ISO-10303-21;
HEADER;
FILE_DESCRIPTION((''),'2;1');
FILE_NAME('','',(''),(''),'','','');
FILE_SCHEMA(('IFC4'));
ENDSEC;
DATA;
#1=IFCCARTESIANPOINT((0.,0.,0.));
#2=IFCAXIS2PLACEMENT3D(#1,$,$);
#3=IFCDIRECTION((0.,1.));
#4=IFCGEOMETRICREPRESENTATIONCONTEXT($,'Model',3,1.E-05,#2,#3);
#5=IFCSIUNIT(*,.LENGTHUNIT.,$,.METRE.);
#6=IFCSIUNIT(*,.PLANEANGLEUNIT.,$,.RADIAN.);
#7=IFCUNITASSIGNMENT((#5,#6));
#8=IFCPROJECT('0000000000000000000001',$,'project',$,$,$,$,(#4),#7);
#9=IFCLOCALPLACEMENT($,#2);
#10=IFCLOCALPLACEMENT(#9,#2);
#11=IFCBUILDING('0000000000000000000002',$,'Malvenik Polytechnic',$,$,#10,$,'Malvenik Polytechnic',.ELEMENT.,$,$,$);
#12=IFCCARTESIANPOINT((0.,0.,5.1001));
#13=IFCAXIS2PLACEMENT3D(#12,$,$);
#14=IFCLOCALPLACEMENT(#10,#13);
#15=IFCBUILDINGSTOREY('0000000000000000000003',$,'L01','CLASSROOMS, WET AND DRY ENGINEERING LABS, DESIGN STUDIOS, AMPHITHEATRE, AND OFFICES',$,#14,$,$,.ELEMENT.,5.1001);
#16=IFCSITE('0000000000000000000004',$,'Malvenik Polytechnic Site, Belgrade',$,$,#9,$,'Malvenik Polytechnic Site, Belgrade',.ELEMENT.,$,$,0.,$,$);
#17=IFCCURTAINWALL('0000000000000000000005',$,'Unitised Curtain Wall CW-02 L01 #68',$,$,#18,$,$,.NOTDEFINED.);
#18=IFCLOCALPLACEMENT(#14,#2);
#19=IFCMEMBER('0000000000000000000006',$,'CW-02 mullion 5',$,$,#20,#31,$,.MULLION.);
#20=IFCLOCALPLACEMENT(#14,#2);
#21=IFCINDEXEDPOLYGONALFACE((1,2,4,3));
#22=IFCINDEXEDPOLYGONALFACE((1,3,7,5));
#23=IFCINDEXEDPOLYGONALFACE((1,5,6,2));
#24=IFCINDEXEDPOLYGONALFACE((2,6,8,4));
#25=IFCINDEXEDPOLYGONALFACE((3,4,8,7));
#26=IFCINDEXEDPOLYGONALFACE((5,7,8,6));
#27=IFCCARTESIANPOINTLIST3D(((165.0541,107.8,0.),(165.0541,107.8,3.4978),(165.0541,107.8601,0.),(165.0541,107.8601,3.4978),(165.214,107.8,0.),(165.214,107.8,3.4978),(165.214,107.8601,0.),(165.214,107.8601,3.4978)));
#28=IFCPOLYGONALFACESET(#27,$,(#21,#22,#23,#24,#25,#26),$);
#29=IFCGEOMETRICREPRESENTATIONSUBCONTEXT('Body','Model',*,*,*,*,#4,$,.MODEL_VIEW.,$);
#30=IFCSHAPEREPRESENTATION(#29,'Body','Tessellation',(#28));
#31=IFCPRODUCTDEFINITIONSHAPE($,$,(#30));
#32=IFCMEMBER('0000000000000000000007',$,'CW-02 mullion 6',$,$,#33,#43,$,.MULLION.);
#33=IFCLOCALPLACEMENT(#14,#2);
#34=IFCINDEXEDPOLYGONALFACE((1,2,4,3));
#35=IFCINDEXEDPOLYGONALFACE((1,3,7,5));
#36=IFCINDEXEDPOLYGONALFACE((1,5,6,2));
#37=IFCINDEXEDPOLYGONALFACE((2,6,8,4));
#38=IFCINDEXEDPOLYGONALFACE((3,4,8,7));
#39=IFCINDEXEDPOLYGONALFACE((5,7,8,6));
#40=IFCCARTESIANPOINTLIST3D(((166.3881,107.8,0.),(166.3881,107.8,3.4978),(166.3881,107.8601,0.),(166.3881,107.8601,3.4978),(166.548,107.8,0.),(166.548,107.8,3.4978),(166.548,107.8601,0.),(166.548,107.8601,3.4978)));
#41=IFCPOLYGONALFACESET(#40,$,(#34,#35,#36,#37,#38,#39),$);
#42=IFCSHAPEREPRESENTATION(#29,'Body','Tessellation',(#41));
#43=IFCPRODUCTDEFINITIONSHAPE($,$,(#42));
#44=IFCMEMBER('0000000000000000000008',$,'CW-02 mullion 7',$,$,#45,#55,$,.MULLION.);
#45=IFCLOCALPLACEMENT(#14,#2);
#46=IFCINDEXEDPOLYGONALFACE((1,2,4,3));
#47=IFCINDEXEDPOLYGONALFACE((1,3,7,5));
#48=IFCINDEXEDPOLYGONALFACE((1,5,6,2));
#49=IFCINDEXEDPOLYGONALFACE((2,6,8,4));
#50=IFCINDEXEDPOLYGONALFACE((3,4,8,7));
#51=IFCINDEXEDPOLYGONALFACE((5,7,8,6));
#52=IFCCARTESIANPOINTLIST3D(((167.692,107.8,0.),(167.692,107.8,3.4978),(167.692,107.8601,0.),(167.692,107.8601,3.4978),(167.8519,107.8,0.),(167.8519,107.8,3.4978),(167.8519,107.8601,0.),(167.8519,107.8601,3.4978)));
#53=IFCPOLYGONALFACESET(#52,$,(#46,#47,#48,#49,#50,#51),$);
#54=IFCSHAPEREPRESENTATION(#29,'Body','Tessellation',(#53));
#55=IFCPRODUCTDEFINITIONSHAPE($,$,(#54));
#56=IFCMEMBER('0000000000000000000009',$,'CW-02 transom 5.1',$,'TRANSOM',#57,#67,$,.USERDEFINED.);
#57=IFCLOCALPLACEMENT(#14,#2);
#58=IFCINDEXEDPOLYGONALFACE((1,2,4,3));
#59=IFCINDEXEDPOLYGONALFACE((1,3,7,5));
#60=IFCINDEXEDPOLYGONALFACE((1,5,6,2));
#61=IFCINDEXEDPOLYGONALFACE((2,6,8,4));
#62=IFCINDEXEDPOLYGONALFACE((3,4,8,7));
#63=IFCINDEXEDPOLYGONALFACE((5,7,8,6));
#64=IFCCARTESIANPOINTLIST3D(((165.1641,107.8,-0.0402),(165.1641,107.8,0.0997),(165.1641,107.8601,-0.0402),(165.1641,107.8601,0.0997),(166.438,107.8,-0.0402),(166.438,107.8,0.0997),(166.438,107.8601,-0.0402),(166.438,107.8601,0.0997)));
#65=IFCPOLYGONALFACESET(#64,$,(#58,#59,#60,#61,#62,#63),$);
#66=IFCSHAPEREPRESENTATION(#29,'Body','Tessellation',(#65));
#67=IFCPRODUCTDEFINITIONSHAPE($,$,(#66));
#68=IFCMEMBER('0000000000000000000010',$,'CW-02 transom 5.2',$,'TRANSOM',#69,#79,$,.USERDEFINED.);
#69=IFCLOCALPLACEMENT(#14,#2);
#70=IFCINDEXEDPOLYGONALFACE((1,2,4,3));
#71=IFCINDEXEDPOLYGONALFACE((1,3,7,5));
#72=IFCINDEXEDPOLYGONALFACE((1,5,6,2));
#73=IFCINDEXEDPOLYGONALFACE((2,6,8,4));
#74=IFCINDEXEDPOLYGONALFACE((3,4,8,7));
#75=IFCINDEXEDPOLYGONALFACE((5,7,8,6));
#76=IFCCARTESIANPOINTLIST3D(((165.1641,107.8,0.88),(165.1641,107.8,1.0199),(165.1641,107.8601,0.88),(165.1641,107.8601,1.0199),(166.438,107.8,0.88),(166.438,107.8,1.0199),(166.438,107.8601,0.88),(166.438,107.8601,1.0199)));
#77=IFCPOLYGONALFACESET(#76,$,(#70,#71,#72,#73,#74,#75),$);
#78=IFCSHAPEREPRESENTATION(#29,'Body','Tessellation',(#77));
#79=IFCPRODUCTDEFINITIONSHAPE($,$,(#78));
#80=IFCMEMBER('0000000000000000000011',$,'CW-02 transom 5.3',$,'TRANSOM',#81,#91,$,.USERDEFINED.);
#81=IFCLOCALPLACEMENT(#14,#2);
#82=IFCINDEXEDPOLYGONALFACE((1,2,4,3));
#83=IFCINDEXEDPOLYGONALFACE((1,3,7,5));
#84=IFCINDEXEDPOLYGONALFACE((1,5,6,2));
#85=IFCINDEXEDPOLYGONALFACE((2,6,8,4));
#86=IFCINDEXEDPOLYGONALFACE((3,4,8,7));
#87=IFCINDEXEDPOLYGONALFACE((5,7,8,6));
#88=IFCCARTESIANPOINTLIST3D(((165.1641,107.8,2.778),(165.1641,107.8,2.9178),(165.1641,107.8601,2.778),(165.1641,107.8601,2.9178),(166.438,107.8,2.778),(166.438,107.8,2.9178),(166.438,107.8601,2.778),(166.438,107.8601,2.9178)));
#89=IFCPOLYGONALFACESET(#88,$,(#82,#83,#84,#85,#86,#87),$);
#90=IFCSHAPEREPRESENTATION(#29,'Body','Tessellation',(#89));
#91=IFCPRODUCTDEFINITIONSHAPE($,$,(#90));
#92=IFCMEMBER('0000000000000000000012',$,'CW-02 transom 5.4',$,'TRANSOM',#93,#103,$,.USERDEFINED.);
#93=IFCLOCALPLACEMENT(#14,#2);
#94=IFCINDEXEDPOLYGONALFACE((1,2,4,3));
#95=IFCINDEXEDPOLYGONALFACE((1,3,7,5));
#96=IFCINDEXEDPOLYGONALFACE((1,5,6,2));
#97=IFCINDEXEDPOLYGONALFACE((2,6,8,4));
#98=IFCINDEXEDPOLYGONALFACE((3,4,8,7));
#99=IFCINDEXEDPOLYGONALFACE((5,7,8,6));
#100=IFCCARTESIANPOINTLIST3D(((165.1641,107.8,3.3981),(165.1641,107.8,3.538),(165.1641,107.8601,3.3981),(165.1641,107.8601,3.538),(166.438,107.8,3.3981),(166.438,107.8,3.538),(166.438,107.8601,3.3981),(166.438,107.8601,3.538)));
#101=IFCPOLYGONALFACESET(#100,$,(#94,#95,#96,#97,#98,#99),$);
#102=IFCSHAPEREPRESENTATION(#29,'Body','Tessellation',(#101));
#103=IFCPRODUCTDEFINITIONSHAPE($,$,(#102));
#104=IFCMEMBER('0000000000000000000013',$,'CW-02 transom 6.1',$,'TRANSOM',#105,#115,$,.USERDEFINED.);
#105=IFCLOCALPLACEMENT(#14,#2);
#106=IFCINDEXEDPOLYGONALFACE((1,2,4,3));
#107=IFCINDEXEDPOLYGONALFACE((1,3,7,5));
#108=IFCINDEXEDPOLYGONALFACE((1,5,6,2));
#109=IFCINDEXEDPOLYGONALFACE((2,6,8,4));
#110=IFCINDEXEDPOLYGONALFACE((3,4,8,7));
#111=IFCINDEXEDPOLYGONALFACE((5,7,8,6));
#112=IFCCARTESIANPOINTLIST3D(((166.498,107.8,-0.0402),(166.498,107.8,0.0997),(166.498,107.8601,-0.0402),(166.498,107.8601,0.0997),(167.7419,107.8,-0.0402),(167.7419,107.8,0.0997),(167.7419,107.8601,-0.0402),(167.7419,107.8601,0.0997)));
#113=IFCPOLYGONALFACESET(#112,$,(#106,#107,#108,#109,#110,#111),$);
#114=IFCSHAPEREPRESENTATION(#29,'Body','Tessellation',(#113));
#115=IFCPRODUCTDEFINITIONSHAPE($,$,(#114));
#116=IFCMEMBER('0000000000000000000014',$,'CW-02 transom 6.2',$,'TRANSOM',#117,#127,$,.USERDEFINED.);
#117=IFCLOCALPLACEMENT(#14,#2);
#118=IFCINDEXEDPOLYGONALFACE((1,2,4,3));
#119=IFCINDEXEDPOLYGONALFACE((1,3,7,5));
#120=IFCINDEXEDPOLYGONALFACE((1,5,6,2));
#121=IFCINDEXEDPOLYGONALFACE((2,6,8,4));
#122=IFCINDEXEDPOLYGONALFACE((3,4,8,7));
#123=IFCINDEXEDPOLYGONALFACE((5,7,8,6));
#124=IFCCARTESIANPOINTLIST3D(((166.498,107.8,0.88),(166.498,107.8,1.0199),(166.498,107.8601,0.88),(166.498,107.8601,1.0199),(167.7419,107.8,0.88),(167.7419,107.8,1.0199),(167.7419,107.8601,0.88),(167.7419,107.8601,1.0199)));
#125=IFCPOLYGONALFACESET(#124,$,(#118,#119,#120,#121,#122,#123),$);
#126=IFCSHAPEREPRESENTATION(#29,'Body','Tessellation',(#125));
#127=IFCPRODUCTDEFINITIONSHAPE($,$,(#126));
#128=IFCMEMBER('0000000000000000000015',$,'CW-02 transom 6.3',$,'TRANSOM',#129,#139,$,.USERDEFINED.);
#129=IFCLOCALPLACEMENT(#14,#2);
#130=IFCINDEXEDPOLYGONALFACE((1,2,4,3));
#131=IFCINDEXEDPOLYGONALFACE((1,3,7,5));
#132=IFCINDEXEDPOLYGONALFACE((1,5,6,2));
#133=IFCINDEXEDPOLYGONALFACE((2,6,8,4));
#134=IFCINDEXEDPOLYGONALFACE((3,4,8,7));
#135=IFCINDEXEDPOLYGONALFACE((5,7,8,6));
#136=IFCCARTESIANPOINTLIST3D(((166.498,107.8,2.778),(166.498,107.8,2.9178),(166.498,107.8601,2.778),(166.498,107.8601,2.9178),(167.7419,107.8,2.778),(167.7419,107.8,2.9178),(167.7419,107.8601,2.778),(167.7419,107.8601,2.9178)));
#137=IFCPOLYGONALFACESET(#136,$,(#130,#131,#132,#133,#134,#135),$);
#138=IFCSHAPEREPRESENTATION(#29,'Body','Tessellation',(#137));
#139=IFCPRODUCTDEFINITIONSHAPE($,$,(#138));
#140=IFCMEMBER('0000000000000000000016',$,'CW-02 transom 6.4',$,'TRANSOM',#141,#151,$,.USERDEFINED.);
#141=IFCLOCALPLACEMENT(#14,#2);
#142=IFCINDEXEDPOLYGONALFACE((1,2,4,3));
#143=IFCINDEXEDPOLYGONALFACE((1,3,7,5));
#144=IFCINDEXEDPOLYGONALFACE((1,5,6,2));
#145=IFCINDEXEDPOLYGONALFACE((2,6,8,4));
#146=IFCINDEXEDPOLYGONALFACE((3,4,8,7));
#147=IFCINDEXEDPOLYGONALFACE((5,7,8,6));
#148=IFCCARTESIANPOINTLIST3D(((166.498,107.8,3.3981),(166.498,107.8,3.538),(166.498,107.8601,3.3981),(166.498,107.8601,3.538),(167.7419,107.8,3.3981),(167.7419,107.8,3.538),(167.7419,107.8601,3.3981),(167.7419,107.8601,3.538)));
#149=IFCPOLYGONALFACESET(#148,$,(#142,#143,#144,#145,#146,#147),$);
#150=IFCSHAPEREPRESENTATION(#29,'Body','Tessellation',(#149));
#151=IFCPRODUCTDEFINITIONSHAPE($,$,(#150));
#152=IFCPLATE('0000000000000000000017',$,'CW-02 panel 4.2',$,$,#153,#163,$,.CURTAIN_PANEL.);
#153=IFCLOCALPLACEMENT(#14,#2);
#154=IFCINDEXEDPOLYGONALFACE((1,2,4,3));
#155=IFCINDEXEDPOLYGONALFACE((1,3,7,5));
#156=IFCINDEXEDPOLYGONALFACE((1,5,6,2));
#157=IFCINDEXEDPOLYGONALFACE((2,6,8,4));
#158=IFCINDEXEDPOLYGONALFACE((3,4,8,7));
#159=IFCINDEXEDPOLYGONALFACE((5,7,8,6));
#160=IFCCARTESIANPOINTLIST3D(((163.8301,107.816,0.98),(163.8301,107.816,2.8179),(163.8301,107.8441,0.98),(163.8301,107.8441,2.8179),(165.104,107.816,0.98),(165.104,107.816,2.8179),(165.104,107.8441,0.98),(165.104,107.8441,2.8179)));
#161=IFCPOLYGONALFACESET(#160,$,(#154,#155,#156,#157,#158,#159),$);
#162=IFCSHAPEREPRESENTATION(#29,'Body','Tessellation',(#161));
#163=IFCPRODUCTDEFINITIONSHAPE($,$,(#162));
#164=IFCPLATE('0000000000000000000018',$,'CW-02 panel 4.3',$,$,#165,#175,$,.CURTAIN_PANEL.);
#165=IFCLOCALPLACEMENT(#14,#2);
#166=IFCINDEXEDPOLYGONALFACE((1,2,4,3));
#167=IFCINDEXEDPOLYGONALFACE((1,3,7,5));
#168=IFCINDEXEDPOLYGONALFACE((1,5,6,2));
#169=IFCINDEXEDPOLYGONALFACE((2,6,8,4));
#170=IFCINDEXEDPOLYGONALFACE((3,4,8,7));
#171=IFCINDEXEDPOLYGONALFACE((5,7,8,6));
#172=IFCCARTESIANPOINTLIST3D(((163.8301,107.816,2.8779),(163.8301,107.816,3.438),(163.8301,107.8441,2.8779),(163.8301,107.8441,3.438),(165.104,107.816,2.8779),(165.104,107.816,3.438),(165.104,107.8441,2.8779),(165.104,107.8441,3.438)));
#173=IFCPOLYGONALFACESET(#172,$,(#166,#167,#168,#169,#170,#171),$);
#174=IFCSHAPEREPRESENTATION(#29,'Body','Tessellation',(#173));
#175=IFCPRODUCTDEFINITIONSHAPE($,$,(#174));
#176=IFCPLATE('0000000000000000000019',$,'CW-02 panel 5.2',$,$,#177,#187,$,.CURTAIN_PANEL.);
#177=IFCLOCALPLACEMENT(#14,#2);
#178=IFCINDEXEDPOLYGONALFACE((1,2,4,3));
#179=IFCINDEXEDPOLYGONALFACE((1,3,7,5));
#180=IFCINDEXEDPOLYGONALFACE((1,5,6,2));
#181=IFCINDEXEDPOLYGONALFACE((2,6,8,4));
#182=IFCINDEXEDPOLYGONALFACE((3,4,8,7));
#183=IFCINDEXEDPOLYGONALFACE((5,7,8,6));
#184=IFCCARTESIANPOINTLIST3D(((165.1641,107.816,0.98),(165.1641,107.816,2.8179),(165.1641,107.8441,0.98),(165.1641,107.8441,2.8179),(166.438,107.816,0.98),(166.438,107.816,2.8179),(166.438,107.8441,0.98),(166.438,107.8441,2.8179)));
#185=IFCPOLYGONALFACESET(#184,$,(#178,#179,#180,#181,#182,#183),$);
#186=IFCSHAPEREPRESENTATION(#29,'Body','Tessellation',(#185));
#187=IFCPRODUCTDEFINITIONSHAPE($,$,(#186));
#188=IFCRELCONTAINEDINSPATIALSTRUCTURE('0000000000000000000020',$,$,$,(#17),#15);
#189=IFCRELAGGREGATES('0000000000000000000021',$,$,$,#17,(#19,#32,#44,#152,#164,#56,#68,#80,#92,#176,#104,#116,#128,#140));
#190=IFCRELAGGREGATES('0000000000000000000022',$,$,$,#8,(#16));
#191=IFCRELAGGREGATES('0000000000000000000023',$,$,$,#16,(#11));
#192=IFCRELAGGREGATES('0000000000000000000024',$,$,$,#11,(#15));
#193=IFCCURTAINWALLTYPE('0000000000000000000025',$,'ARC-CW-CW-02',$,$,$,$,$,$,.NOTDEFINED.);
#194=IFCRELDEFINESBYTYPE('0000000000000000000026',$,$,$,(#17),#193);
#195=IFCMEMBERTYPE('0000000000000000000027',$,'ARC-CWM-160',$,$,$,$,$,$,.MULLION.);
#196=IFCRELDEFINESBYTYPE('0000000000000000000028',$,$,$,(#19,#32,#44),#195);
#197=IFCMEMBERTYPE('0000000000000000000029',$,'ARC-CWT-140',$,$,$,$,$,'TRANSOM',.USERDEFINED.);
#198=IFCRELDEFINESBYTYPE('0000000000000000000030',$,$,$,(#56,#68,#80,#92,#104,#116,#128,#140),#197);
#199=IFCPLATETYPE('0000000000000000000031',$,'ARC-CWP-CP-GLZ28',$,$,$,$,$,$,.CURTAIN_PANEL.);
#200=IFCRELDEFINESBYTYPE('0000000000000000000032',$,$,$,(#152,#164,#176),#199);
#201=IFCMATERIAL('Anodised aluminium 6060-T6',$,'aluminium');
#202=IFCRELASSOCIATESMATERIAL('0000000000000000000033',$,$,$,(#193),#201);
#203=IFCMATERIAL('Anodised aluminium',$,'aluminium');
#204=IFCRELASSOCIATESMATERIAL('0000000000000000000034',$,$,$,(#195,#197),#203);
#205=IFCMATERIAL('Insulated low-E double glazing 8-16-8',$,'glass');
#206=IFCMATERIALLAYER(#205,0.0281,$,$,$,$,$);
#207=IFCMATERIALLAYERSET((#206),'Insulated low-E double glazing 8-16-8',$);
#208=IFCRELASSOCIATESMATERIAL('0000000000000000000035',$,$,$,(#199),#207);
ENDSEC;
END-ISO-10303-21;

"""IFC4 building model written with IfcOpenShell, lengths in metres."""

from ifc_helpers import new_model, si_unit, direction, frame, origin, origin_2d, place, context, subcontext, project, spatial, rectangle, extrude, material, layer, layer_set, material_profile, profile_set, type_object, element, aggregate, save


model = new_model("IFC4")

# Units and contexts
model_context = context("Model", 3, precision=1e-05, world=origin(), true_north=direction((0.0, 1.0)))
body_context = subcontext(model_context, "Body", "Model", "MODEL_VIEW")
ifc_project = project(units=[si_unit("LENGTHUNIT", "METRE"), si_unit("PLANEANGLEUNIT", "RADIAN")], contexts=[model_context])

# Site, building, storey
site_placement = place(None, origin())
site = spatial("IfcSite", under=ifc_project, at=site_placement, Name="Malvenik Polytechnic Site, Belgrade", LongName="Malvenik Polytechnic Site, Belgrade", CompositionType="ELEMENT", RefElevation=0.0)
building_placement = place(site_placement, origin())
building = spatial("IfcBuilding", under=site, at=building_placement, Name="Malvenik Polytechnic", LongName="Malvenik Polytechnic", CompositionType="ELEMENT")
storey_placement = place(building_placement, frame((0.0, 0.0, 5.1001)))
storey = spatial("IfcBuildingStorey", under=building, at=storey_placement, Name="L01", Description="CLASSROOMS, WET AND DRY ENGINEERING LABS, DESIGN STUDIOS, AMPHITHEATRE, AND OFFICES", CompositionType="ELEMENT", Elevation=5.1001)

# Curtain wall, members, plates
ifc_material_1 = material(Name="Anodised aluminium 6060-T6", Category="aluminium")
curtain_wall_type = type_object("IfcCurtainWallType", Name="ARC-CW-CW-02", PredefinedType="NOTDEFINED", material=ifc_material_1)
curtain_wall_placement = place(storey_placement, origin())
curtain_wall = element("IfcCurtainWall", 1, at=curtain_wall_placement, inside=storey, type_object=curtain_wall_type, Name="Unitised Curtain Wall CW-02 L01 #68", PredefinedType="NOTDEFINED")
ifc_material_2 = material(Name="Anodised aluminium", Category="aluminium")
ifc_material_profile_1 = material_profile(ifc_material_2, rectangle(XDim=0.0601, YDim=0.1599, at=origin_2d()), Name="ALU MULLION 60x160")
ifc_profile_set_1 = profile_set([ifc_material_profile_1], Name="Anodised aluminium")
member_type_1 = type_object("IfcMemberType", Name="ARC-CWM-160", PredefinedType="MULLION", material=ifc_profile_set_1)
member_1_placement = place(storey_placement, frame((165.134, 107.8301, 0.0), z_axis=(0.0, 0.0, 1.0), x_axis=(0.0, 1.0, 0.0)))
member_1 = element("IfcMember", 2, at=member_1_placement, type_object=member_type_1, Name="CW-02 mullion 5", PredefinedType="MULLION", context=body_context, shape_type="SweptSolid", body=[
    extrude(rectangle(XDim=0.0601, YDim=0.1599, at=origin_2d()), origin(), (0.0, 0.0, 1.0), 3.4978),
])
member_2_placement = place(storey_placement, frame((166.468, 107.8301, 0.0), z_axis=(0.0, 0.0, 1.0), x_axis=(0.0, 1.0, 0.0)))
member_2 = element("IfcMember", 3, at=member_2_placement, type_object=member_type_1, Name="CW-02 mullion 6", PredefinedType="MULLION", context=body_context, shape_type="SweptSolid", body=[
    extrude(rectangle(XDim=0.0601, YDim=0.1599, at=origin_2d()), origin(), (0.0, 0.0, 1.0), 3.4978),
])
member_3_placement = place(storey_placement, frame((167.772, 107.8301, 0.0), z_axis=(0.0, 0.0, 1.0), x_axis=(0.0, 1.0, 0.0)))
member_3 = element("IfcMember", 4, at=member_3_placement, type_object=member_type_1, Name="CW-02 mullion 7", PredefinedType="MULLION", context=body_context, shape_type="SweptSolid", body=[
    extrude(rectangle(XDim=0.0601, YDim=0.1599, at=origin_2d()), origin(), (0.0, 0.0, 1.0), 3.4978),
])
ifc_material_profile_2 = material_profile(ifc_material_2, rectangle(XDim=0.0601, YDim=0.1399, at=origin_2d()), Name="ALU TRANSOM 60x140")
ifc_profile_set_2 = profile_set([ifc_material_profile_2], Name="Anodised aluminium")
member_type_2 = type_object("IfcMemberType", Name="ARC-CWT-140", ElementType="TRANSOM", PredefinedType="USERDEFINED", material=ifc_profile_set_2)
member_4_placement = place(storey_placement, frame((165.1641, 107.8301, 0.0298), z_axis=(1.0, 0.0, 0.0), x_axis=(0.0, 1.0, 0.0)))
member_4 = element("IfcMember", 5, at=member_4_placement, type_object=member_type_2, Name="CW-02 transom 5.1", ObjectType="TRANSOM", PredefinedType="USERDEFINED", context=body_context, shape_type="SweptSolid", body=[
    extrude(rectangle(XDim=0.0601, YDim=0.1399, at=origin_2d()), origin(), (0.0, 0.0, 1.0), 1.2739),
])
member_5_placement = place(storey_placement, frame((165.1641, 107.8301, 0.95), z_axis=(1.0, 0.0, 0.0), x_axis=(0.0, 1.0, 0.0)))
member_5 = element("IfcMember", 6, at=member_5_placement, type_object=member_type_2, Name="CW-02 transom 5.2", ObjectType="TRANSOM", PredefinedType="USERDEFINED", context=body_context, shape_type="SweptSolid", body=[
    extrude(rectangle(XDim=0.0601, YDim=0.1399, at=origin_2d()), origin(), (0.0, 0.0, 1.0), 1.2739),
])
member_6_placement = place(storey_placement, frame((165.1641, 107.8301, 2.8479), z_axis=(1.0, 0.0, 0.0), x_axis=(0.0, 1.0, 0.0)))
member_6 = element("IfcMember", 7, at=member_6_placement, type_object=member_type_2, Name="CW-02 transom 5.3", ObjectType="TRANSOM", PredefinedType="USERDEFINED", context=body_context, shape_type="SweptSolid", body=[
    extrude(rectangle(XDim=0.0601, YDim=0.1399, at=origin_2d()), origin(), (0.0, 0.0, 1.0), 1.2739),
])
member_7_placement = place(storey_placement, frame((165.1641, 107.8301, 3.468), z_axis=(1.0, 0.0, 0.0), x_axis=(0.0, 1.0, 0.0)))
member_7 = element("IfcMember", 8, at=member_7_placement, type_object=member_type_2, Name="CW-02 transom 5.4", ObjectType="TRANSOM", PredefinedType="USERDEFINED", context=body_context, shape_type="SweptSolid", body=[
    extrude(rectangle(XDim=0.0601, YDim=0.1399, at=origin_2d()), origin(), (0.0, 0.0, 1.0), 1.2739),
])
member_8_placement = place(storey_placement, frame((166.498, 107.8301, 0.0298), z_axis=(1.0, 0.0, 0.0), x_axis=(0.0, 1.0, 0.0)))
member_8 = element("IfcMember", 9, at=member_8_placement, type_object=member_type_2, Name="CW-02 transom 6.1", ObjectType="TRANSOM", PredefinedType="USERDEFINED", context=body_context, shape_type="SweptSolid", body=[
    extrude(rectangle(XDim=0.0601, YDim=0.1399, at=origin_2d()), origin(), (0.0, 0.0, 1.0), 1.2439),
])
member_9_placement = place(storey_placement, frame((166.498, 107.8301, 0.95), z_axis=(1.0, 0.0, 0.0), x_axis=(0.0, 1.0, 0.0)))
member_9 = element("IfcMember", 10, at=member_9_placement, type_object=member_type_2, Name="CW-02 transom 6.2", ObjectType="TRANSOM", PredefinedType="USERDEFINED", context=body_context, shape_type="SweptSolid", body=[
    extrude(rectangle(XDim=0.0601, YDim=0.1399, at=origin_2d()), origin(), (0.0, 0.0, 1.0), 1.2439),
])
member_10_placement = place(storey_placement, frame((166.498, 107.8301, 2.8479), z_axis=(1.0, 0.0, 0.0), x_axis=(0.0, 1.0, 0.0)))
member_10 = element("IfcMember", 11, at=member_10_placement, type_object=member_type_2, Name="CW-02 transom 6.3", ObjectType="TRANSOM", PredefinedType="USERDEFINED", context=body_context, shape_type="SweptSolid", body=[
    extrude(rectangle(XDim=0.0601, YDim=0.1399, at=origin_2d()), origin(), (0.0, 0.0, 1.0), 1.2439),
])
member_11_placement = place(storey_placement, frame((166.498, 107.8301, 3.468), z_axis=(1.0, 0.0, 0.0), x_axis=(0.0, 1.0, 0.0)))
member_11 = element("IfcMember", 12, at=member_11_placement, type_object=member_type_2, Name="CW-02 transom 6.4", ObjectType="TRANSOM", PredefinedType="USERDEFINED", context=body_context, shape_type="SweptSolid", body=[
    extrude(rectangle(XDim=0.0601, YDim=0.1399, at=origin_2d()), origin(), (0.0, 0.0, 1.0), 1.2439),
])
ifc_material_3 = material(Name="Insulated low-E double glazing 8-16-8", Category="glass")
ifc_layer_1 = layer(ifc_material_3, 0.0281)
ifc_layer_set_1 = layer_set([ifc_layer_1], Name="Insulated low-E double glazing 8-16-8")
plate_type_1 = type_object("IfcPlateType", Name="ARC-CWP-CP-GLZ28", PredefinedType="CURTAIN_PANEL", material=ifc_layer_set_1)
plate_1_placement = place(storey_placement, frame((164.467, 107.8301, 0.98), z_axis=(0.0, 0.0, 1.0), x_axis=(1.0, 0.0, 0.0)))
plate_1 = element("IfcPlate", 13, at=plate_1_placement, type_object=plate_type_1, Name="CW-02 panel 4.2", PredefinedType="CURTAIN_PANEL", context=body_context, shape_type="SweptSolid", body=[
    extrude(rectangle(XDim=1.2739, YDim=0.0281, at=origin_2d()), origin(), (0.0, 0.0, 1.0), 1.8379),
])
plate_2_placement = place(storey_placement, frame((164.467, 107.8301, 2.8779), z_axis=(0.0, 0.0, 1.0), x_axis=(1.0, 0.0, 0.0)))
plate_2 = element("IfcPlate", 14, at=plate_2_placement, type_object=plate_type_1, Name="CW-02 panel 4.3", PredefinedType="CURTAIN_PANEL", context=body_context, shape_type="SweptSolid", body=[
    extrude(rectangle(XDim=1.2739, YDim=0.0281, at=origin_2d()), origin(), (0.0, 0.0, 1.0), 0.5601),
])
plate_3_placement = place(storey_placement, frame((165.801, 107.8301, 0.98), z_axis=(0.0, 0.0, 1.0), x_axis=(1.0, 0.0, 0.0)))
plate_3 = element("IfcPlate", 15, at=plate_3_placement, type_object=plate_type_1, Name="CW-02 panel 5.2", PredefinedType="CURTAIN_PANEL", context=body_context, shape_type="SweptSolid", body=[
    extrude(rectangle(XDim=1.2739, YDim=0.0281, at=origin_2d()), origin(), (0.0, 0.0, 1.0), 1.8379),
])
aggregate(curtain_wall, [member_1, member_2, member_3, plate_1, plate_2, member_4, member_5, member_6, member_7, plate_3, member_8, member_9, member_10, member_11])

save(model, "model.ifc")
